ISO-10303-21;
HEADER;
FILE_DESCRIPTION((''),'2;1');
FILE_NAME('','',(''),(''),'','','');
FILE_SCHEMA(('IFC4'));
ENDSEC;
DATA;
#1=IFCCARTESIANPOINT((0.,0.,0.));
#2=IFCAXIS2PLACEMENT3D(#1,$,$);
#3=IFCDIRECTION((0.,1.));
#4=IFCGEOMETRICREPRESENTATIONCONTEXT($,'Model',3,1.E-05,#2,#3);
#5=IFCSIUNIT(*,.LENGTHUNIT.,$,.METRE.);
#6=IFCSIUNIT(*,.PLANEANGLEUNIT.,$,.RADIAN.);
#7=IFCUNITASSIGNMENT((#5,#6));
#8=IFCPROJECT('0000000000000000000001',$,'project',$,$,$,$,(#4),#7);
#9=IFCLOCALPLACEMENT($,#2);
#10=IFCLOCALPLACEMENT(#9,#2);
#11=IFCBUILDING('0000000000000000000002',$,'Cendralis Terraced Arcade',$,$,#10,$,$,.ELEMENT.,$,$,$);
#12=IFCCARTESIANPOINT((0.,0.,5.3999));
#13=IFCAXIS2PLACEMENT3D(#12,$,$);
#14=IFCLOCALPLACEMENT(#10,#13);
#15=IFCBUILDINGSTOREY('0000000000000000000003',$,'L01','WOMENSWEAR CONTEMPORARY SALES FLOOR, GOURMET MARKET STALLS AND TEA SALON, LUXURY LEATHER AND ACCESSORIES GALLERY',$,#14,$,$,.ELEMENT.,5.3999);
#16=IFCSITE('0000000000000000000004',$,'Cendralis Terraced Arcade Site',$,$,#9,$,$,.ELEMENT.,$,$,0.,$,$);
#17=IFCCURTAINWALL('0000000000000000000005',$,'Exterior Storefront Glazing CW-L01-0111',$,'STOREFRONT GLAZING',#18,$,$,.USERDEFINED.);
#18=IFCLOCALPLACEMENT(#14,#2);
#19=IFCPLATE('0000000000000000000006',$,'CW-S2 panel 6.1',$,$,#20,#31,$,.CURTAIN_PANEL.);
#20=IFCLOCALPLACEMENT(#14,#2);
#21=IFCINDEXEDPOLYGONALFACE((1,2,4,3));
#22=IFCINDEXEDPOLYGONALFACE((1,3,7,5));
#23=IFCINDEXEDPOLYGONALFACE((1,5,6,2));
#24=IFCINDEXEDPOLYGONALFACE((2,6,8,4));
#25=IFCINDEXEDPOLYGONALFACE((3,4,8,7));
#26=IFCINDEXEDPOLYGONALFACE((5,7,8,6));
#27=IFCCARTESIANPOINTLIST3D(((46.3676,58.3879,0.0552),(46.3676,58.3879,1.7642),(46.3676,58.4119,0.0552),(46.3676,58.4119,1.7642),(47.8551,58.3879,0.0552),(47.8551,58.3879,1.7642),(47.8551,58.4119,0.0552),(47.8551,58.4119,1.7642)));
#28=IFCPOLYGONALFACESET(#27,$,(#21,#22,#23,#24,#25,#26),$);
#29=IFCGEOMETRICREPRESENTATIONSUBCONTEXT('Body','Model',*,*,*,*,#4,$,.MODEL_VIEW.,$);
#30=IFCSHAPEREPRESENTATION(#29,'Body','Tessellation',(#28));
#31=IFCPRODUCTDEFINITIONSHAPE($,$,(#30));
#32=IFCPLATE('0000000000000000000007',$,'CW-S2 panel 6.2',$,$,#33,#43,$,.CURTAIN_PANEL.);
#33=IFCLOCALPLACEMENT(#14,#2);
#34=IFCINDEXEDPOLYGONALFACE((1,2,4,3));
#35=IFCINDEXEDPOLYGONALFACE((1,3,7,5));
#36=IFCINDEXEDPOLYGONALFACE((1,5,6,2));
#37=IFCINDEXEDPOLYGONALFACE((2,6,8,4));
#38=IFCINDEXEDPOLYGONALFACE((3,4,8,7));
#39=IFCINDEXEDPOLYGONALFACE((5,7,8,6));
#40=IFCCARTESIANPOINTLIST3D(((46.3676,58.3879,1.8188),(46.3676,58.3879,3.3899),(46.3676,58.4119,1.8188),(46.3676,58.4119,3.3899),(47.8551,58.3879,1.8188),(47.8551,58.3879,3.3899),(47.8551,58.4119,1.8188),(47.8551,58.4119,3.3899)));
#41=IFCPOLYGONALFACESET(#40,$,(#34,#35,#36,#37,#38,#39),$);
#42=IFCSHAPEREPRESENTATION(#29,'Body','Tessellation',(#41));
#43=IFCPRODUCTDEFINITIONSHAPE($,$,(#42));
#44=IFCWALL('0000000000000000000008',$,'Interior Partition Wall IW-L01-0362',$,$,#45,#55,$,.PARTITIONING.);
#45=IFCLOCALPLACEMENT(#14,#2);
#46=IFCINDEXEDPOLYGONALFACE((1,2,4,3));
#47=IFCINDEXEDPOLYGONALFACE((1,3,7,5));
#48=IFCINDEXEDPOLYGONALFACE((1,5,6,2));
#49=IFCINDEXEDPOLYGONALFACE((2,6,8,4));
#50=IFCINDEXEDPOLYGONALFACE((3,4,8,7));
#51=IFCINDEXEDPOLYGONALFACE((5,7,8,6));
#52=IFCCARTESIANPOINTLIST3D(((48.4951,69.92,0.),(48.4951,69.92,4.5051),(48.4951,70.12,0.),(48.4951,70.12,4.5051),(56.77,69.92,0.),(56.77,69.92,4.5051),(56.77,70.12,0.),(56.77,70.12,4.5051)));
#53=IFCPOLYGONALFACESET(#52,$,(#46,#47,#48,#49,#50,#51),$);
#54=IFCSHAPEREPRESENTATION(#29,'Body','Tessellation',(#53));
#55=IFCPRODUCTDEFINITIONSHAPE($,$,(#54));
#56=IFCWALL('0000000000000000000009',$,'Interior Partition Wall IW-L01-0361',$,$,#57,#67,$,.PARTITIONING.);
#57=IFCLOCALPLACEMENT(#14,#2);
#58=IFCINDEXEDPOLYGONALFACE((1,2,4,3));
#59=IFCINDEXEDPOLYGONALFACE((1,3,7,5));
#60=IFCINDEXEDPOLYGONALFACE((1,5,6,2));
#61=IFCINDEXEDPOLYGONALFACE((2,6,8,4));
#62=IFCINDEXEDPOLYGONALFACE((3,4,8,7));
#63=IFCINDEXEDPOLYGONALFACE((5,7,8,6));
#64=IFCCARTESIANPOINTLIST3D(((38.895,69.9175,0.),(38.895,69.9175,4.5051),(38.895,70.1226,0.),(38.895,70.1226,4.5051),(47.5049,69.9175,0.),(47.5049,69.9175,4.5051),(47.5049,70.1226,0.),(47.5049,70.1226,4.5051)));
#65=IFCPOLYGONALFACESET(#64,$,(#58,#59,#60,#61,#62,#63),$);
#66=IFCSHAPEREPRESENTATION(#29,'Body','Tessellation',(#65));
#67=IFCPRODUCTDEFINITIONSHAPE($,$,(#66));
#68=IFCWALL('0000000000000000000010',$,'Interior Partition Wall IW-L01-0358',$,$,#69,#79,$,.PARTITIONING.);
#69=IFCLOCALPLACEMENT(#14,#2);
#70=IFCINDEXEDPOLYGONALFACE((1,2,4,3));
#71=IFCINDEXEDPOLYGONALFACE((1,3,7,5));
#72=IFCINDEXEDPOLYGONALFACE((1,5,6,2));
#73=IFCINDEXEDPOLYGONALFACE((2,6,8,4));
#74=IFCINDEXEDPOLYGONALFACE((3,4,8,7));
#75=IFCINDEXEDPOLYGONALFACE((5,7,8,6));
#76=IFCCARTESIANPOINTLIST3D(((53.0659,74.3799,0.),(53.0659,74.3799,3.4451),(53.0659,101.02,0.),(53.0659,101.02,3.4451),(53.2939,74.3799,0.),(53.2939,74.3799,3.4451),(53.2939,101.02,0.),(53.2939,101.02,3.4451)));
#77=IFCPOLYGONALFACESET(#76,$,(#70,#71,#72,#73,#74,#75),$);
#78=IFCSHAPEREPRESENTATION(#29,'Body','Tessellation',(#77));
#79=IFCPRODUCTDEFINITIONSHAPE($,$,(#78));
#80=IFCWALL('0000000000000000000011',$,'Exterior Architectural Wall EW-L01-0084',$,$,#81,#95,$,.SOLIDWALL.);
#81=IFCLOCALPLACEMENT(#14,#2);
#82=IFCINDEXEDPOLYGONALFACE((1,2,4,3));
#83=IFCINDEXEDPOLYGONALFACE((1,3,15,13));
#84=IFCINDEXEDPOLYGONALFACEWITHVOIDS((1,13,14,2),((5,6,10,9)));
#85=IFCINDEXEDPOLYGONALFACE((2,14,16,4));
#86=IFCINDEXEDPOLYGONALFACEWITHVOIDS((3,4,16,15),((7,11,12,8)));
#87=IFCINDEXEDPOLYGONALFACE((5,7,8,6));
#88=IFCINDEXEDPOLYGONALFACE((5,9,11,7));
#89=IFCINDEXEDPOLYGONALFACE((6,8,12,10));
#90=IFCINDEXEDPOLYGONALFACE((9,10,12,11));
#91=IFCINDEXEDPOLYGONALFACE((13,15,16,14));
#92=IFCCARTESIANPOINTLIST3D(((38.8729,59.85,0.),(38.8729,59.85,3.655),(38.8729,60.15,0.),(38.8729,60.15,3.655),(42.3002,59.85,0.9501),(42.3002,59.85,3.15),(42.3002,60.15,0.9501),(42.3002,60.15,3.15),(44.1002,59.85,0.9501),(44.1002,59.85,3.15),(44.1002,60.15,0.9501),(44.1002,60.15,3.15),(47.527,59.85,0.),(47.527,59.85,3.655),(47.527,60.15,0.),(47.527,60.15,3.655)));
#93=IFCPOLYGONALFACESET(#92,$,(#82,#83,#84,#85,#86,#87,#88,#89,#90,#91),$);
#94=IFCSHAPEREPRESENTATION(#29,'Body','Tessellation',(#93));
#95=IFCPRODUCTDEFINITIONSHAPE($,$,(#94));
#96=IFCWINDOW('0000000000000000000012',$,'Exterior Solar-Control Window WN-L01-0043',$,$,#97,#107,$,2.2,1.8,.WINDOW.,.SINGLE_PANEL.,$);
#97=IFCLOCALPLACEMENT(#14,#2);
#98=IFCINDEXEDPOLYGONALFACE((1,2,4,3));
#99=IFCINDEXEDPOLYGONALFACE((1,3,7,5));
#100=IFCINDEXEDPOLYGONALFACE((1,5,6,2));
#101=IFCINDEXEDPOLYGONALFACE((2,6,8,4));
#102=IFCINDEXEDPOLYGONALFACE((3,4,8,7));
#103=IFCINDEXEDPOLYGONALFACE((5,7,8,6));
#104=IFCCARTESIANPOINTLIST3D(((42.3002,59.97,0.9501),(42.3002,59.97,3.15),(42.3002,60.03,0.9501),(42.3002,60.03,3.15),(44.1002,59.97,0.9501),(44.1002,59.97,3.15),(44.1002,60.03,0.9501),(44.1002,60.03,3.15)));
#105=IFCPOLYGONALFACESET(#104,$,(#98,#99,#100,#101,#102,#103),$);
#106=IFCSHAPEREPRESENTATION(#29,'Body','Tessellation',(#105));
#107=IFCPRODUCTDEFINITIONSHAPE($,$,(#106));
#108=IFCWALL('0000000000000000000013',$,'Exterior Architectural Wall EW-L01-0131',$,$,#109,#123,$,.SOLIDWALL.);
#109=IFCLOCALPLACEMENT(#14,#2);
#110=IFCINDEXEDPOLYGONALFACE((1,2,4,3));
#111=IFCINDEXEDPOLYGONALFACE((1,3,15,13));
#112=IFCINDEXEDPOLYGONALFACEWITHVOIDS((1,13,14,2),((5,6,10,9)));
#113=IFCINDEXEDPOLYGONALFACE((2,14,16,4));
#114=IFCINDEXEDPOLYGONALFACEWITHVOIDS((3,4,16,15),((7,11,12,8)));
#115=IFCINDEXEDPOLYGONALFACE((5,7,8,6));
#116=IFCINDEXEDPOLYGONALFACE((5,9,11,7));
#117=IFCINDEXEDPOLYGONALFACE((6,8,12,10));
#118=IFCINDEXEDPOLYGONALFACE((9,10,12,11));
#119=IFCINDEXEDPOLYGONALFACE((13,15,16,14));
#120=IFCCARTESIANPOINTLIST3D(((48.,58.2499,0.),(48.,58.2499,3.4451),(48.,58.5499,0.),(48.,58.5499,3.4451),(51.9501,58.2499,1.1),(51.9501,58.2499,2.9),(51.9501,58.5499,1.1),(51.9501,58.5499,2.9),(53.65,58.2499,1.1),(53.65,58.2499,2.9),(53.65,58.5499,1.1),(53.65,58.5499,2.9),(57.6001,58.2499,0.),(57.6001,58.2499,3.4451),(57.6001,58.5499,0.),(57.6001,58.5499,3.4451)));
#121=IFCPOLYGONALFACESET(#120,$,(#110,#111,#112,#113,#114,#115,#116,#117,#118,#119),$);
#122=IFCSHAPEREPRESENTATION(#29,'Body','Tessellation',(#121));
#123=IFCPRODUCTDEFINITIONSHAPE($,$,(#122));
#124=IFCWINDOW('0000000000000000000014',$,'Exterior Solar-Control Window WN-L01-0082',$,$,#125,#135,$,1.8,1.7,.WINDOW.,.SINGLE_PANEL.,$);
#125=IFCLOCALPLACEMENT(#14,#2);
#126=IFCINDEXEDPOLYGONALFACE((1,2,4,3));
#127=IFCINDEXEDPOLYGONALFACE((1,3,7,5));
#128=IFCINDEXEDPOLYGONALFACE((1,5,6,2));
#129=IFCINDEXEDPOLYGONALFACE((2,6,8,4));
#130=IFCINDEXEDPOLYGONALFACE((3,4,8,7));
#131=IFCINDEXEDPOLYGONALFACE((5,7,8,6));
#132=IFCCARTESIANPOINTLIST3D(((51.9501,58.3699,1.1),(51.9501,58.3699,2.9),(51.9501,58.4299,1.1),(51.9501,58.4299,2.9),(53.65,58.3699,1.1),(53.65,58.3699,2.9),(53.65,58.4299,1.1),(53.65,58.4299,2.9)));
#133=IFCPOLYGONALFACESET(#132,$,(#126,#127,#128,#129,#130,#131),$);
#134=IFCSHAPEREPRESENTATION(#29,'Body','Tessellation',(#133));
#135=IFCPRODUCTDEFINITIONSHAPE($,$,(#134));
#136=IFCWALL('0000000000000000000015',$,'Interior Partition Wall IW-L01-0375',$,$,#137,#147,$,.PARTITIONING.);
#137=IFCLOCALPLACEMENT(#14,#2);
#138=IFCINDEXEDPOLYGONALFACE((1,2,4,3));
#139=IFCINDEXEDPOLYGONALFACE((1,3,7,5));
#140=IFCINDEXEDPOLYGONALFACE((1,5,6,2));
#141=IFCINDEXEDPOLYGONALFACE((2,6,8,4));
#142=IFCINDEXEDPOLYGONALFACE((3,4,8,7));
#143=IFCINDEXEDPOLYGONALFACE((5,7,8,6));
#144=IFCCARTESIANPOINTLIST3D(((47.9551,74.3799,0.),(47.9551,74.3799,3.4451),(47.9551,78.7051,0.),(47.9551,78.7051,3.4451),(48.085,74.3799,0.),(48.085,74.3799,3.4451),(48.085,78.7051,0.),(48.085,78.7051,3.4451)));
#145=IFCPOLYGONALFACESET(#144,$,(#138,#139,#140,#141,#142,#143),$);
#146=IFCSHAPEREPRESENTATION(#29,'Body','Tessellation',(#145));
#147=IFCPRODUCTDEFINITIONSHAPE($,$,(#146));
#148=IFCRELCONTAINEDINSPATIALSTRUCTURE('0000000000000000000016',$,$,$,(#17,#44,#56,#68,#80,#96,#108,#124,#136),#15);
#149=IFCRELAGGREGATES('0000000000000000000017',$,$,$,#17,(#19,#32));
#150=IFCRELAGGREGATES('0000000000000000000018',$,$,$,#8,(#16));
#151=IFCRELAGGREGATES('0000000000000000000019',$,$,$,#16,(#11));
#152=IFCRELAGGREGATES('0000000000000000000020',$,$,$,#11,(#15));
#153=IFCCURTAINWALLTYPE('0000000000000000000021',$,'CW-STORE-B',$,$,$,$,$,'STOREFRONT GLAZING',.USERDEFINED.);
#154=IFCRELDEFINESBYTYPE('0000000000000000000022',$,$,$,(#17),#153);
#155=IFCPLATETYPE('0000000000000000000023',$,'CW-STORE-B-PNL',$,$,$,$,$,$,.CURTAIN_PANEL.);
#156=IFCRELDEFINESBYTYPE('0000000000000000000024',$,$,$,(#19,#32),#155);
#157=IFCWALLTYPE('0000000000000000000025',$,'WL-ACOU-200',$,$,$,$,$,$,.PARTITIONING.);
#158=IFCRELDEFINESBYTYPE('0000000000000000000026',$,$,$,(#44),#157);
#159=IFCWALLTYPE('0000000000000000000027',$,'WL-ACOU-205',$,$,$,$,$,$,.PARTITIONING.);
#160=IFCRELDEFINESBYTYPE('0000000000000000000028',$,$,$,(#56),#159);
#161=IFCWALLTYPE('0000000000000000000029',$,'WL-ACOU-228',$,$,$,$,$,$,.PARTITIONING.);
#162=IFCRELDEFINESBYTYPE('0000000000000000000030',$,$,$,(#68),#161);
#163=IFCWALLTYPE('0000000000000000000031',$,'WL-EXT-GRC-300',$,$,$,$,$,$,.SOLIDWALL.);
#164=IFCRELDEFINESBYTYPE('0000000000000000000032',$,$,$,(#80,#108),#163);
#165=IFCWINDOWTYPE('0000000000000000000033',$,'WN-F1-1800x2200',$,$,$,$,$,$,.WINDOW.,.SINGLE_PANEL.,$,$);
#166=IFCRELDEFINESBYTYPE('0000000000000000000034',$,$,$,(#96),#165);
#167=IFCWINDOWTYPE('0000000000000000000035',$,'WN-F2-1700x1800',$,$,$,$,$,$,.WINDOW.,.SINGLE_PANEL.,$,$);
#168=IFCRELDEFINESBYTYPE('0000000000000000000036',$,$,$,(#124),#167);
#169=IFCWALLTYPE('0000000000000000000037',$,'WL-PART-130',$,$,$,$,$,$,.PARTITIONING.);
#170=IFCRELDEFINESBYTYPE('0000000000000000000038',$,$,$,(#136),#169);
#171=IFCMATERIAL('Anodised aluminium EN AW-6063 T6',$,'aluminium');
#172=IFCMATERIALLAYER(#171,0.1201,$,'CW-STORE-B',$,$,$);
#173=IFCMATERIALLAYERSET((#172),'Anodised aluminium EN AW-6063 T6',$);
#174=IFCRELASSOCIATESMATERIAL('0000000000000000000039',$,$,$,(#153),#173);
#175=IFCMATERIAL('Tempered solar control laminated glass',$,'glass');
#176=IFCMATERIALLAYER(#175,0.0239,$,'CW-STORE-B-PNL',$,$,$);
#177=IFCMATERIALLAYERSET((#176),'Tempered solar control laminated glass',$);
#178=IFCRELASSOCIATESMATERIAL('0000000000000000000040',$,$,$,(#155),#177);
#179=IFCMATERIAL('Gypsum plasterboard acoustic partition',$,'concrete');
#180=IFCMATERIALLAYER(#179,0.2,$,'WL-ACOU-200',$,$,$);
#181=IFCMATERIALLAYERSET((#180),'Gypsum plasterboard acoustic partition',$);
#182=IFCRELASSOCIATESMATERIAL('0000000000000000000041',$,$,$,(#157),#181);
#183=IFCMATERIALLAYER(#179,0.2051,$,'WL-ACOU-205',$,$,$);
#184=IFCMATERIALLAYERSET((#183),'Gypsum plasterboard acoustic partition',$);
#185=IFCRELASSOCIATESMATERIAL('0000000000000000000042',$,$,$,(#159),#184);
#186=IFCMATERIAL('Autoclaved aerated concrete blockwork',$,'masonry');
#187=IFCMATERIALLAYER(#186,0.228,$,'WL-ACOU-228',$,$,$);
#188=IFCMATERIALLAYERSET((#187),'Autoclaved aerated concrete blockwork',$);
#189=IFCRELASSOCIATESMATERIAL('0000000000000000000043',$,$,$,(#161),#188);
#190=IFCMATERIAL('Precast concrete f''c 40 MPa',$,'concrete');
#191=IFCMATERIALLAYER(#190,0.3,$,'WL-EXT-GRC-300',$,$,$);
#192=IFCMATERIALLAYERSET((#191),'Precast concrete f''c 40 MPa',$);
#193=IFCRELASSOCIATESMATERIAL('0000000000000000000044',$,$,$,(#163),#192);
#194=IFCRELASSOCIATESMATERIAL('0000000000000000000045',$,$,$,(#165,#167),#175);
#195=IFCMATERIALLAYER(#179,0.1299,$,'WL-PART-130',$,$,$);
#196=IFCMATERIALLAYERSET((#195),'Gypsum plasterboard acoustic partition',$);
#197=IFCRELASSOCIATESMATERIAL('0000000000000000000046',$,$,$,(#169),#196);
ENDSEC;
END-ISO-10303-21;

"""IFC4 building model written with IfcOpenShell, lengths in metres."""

from ifc_helpers import new_model, si_unit, direction, frame, frame_2d, origin, origin_2d, place, context, subcontext, project, spatial, rectangle, extrude, material, layer, layer_set, type_object, element, fill, aggregate, save


model = new_model("IFC4")

# Units and contexts
model_context = context("Model", 3, precision=1e-05, world=origin(), true_north=direction((0.0, 1.0)))
body_context = subcontext(model_context, "Body", "Model", "MODEL_VIEW")
ifc_project = project(units=[si_unit("LENGTHUNIT", "METRE"), si_unit("PLANEANGLEUNIT", "RADIAN")], contexts=[model_context])

# Site, building, storey
site_placement = place(None, origin())
site = spatial("IfcSite", under=ifc_project, at=site_placement, Name="Cendralis Terraced Arcade Site", CompositionType="ELEMENT", RefElevation=0.0)
building_placement = place(site_placement, origin())
building = spatial("IfcBuilding", under=site, at=building_placement, Name="Cendralis Terraced Arcade", CompositionType="ELEMENT")
storey_placement = place(building_placement, frame((0.0, 0.0, 5.3999)))
storey = spatial("IfcBuildingStorey", under=building, at=storey_placement, Name="L01", Description="WOMENSWEAR CONTEMPORARY SALES FLOOR, GOURMET MARKET STALLS AND TEA SALON, LUXURY LEATHER AND ACCESSORIES GALLERY", CompositionType="ELEMENT", Elevation=5.3999)

# Curtain wall, plates
ifc_material_1 = material(Name="Anodised aluminium EN AW-6063 T6", Category="aluminium")
ifc_layer_1 = layer(ifc_material_1, 0.1201, Name="CW-STORE-B")
ifc_layer_set_1 = layer_set([ifc_layer_1], Name="Anodised aluminium EN AW-6063 T6")
curtain_wall_type = type_object("IfcCurtainWallType", Name="CW-STORE-B", ElementType="STOREFRONT GLAZING", PredefinedType="USERDEFINED", material=ifc_layer_set_1)
curtain_wall_placement = place(storey_placement, origin())
curtain_wall = element("IfcCurtainWall", 1, at=curtain_wall_placement, inside=storey, type_object=curtain_wall_type, Name="Exterior Storefront Glazing CW-L01-0111", ObjectType="STOREFRONT GLAZING", PredefinedType="USERDEFINED")
ifc_material_2 = material(Name="Tempered solar control laminated glass", Category="glass")
ifc_layer_2 = layer(ifc_material_2, 0.0239, Name="CW-STORE-B-PNL")
ifc_layer_set_2 = layer_set([ifc_layer_2], Name="Tempered solar control laminated glass")
plate_type = type_object("IfcPlateType", Name="CW-STORE-B-PNL", PredefinedType="CURTAIN_PANEL", material=ifc_layer_set_2)
plate_1_placement = place(storey_placement, frame((47.1113, 58.3999, 0.0552), z_axis=(0.0, 0.0, 1.0), x_axis=(1.0, 0.0, 0.0)))
plate_1 = element("IfcPlate", 2, at=plate_1_placement, type_object=plate_type, Name="CW-S2 panel 6.1", PredefinedType="CURTAIN_PANEL", context=body_context, shape_type="SweptSolid", body=[
    extrude(rectangle(XDim=1.4875, YDim=0.0239, at=origin_2d()), origin(), (0.0, 0.0, 1.0), 1.709),
])
plate_2_placement = place(storey_placement, frame((47.1113, 58.3999, 1.8188), z_axis=(0.0, 0.0, 1.0), x_axis=(1.0, 0.0, 0.0)))
plate_2 = element("IfcPlate", 3, at=plate_2_placement, type_object=plate_type, Name="CW-S2 panel 6.2", PredefinedType="CURTAIN_PANEL", context=body_context, shape_type="SweptSolid", body=[
    extrude(rectangle(XDim=1.4875, YDim=0.0239, at=origin_2d()), origin(), (0.0, 0.0, 1.0), 1.571),
])
aggregate(curtain_wall, [plate_1, plate_2])

# Walls
ifc_material_3 = material(Name="Gypsum plasterboard acoustic partition", Category="concrete")
ifc_layer_3 = layer(ifc_material_3, 0.2, Name="WL-ACOU-200")
ifc_layer_set_3 = layer_set([ifc_layer_3], Name="Gypsum plasterboard acoustic partition")
wall_type_1 = type_object("IfcWallType", Name="WL-ACOU-200", PredefinedType="PARTITIONING", material=ifc_layer_set_3)
wall_1_placement = place(storey_placement, frame((48.4951, 70.02, 0.0), z_axis=(0.0, 0.0, 1.0), x_axis=(1.0, 0.0, 0.0)))
element("IfcWall", 4, at=wall_1_placement, inside=storey, type_object=wall_type_1, Name="Interior Partition Wall IW-L01-0362", PredefinedType="PARTITIONING", context=body_context, shape_type="SweptSolid", body=[
    extrude(rectangle(XDim=8.2749, YDim=0.2, at=frame_2d((4.1375, 0.0))), origin(), (0.0, 0.0, 1.0), 4.5051),
])
ifc_layer_4 = layer(ifc_material_3, 0.2051, Name="WL-ACOU-205")
ifc_layer_set_4 = layer_set([ifc_layer_4], Name="Gypsum plasterboard acoustic partition")
wall_type_2 = type_object("IfcWallType", Name="WL-ACOU-205", PredefinedType="PARTITIONING", material=ifc_layer_set_4)
wall_2_placement = place(storey_placement, frame((38.895, 70.02, 0.0), z_axis=(0.0, 0.0, 1.0), x_axis=(1.0, 0.0, 0.0)))
element("IfcWall", 5, at=wall_2_placement, inside=storey, type_object=wall_type_2, Name="Interior Partition Wall IW-L01-0361", PredefinedType="PARTITIONING", context=body_context, shape_type="SweptSolid", body=[
    extrude(rectangle(XDim=8.6099, YDim=0.2051, at=frame_2d((4.3049, 0.0))), origin(), (0.0, 0.0, 1.0), 4.5051),
])
ifc_material_4 = material(Name="Autoclaved aerated concrete blockwork", Category="masonry")
ifc_layer_5 = layer(ifc_material_4, 0.228, Name="WL-ACOU-228")
ifc_layer_set_5 = layer_set([ifc_layer_5], Name="Autoclaved aerated concrete blockwork")
wall_type_3 = type_object("IfcWallType", Name="WL-ACOU-228", PredefinedType="PARTITIONING", material=ifc_layer_set_5)
wall_3_placement = place(storey_placement, frame((53.1799, 74.3799, 0.0), z_axis=(0.0, 0.0, 1.0), x_axis=(0.0, 1.0, 0.0)))
element("IfcWall", 6, at=wall_3_placement, inside=storey, type_object=wall_type_3, Name="Interior Partition Wall IW-L01-0358", PredefinedType="PARTITIONING", context=body_context, shape_type="SweptSolid", body=[
    extrude(rectangle(XDim=26.6401, YDim=0.228, at=frame_2d((13.3201, 0.0))), origin(), (0.0, 0.0, 1.0), 3.4451),
])

# Walls, openings, windows
ifc_material_5 = material(Name="Precast concrete f'c 40 MPa", Category="concrete")
ifc_layer_6 = layer(ifc_material_5, 0.3, Name="WL-EXT-GRC-300")
ifc_layer_set_6 = layer_set([ifc_layer_6], Name="Precast concrete f'c 40 MPa")
wall_type_4 = type_object("IfcWallType", Name="WL-EXT-GRC-300", PredefinedType="SOLIDWALL", material=ifc_layer_set_6)
wall_4_placement = place(storey_placement, frame((47.5271, 60.0, 0.0), z_axis=(0.0, 0.0, 1.0), x_axis=(-1.0, 0.0, 0.0)))
wall_4 = element("IfcWall", 7, at=wall_4_placement, inside=storey, type_object=wall_type_4, Name="Exterior Architectural Wall EW-L01-0084", PredefinedType="SOLIDWALL", context=body_context, shape_type="SweptSolid", body=[
    extrude(rectangle(XDim=8.6541, YDim=0.3, at=frame_2d((4.3271, 0.0))), origin(), (0.0, 0.0, 1.0), 3.655),
])
opening_1_placement = place(wall_4_placement, frame((3.427, 0.0, 0.95)))
opening_1 = element("IfcOpeningElement", 8, at=opening_1_placement, cuts=wall_4, PredefinedType="OPENING", context=body_context, shape_type="SweptSolid", body=[
    extrude(rectangle(XDim=1.8, YDim=2.2, at=frame_2d((0.8999, 1.1001))), frame((0.0, 0.1621, 0.0), z_axis=(0.0, -1.0, 0.0), x_axis=(1.0, 0.0, 0.0)), (0.0, 0.0, 1.0), 0.324),
])
window_type_1 = type_object("IfcWindowType", Name="WN-F1-1800x2200", PartitioningType="SINGLE_PANEL", PredefinedType="WINDOW", material=ifc_material_2)
window_1_placement = place(opening_1_placement, origin())
window_1 = element("IfcWindow", 9, at=window_1_placement, inside=storey, type_object=window_type_1, Name="Exterior Solar-Control Window WN-L01-0043", OverallHeight=2.2, OverallWidth=1.8, PartitioningType="SINGLE_PANEL", PredefinedType="WINDOW", context=body_context, shape_type="SweptSolid", body=[
    extrude(rectangle(XDim=1.8, YDim=2.2, at=frame_2d((0.8999, 1.1001))), frame((0.0, 0.03, 0.0), z_axis=(0.0, -1.0, 0.0), x_axis=(1.0, 0.0, 0.0)), (0.0, 0.0, 1.0), 0.0601),
])
fill(opening_1, window_1)
wall_5_placement = place(storey_placement, frame((48.0, 58.3999, 0.0), z_axis=(0.0, 0.0, 1.0), x_axis=(1.0, 0.0, 0.0)))
wall_5 = element("IfcWall", 10, at=wall_5_placement, inside=storey, type_object=wall_type_4, Name="Exterior Architectural Wall EW-L01-0131", PredefinedType="SOLIDWALL", context=body_context, shape_type="SweptSolid", body=[
    extrude(rectangle(XDim=9.6001, YDim=0.3, at=frame_2d((4.8, 0.0))), origin(), (0.0, 0.0, 1.0), 3.4451),
])
opening_2_placement = place(wall_5_placement, frame((3.95, 0.0, 1.1001)))
opening_2 = element("IfcOpeningElement", 11, at=opening_2_placement, cuts=wall_5, PredefinedType="OPENING", context=body_context, shape_type="SweptSolid", body=[
    extrude(rectangle(XDim=1.7, YDim=1.8, at=frame_2d((0.8501, 0.8999))), frame((0.0, 0.1621, 0.0), z_axis=(0.0, -1.0, 0.0), x_axis=(1.0, 0.0, 0.0)), (0.0, 0.0, 1.0), 0.324),
])
window_type_2 = type_object("IfcWindowType", Name="WN-F2-1700x1800", PartitioningType="SINGLE_PANEL", PredefinedType="WINDOW", material=ifc_material_2)
window_2_placement = place(opening_2_placement, origin())
window_2 = element("IfcWindow", 12, at=window_2_placement, inside=storey, type_object=window_type_2, Name="Exterior Solar-Control Window WN-L01-0082", OverallHeight=1.8, OverallWidth=1.7, PartitioningType="SINGLE_PANEL", PredefinedType="WINDOW", context=body_context, shape_type="SweptSolid", body=[
    extrude(rectangle(XDim=1.7, YDim=1.8, at=frame_2d((0.8501, 0.8999))), frame((0.0, 0.03, 0.0), z_axis=(0.0, -1.0, 0.0), x_axis=(1.0, 0.0, 0.0)), (0.0, 0.0, 1.0), 0.0601),
])
fill(opening_2, window_2)

# Wall
ifc_layer_7 = layer(ifc_material_3, 0.1299, Name="WL-PART-130")
ifc_layer_set_7 = layer_set([ifc_layer_7], Name="Gypsum plasterboard acoustic partition")
wall_type_5 = type_object("IfcWallType", Name="WL-PART-130", PredefinedType="PARTITIONING", material=ifc_layer_set_7)
wall_6_placement = place(storey_placement, frame((48.02, 78.7051, 0.0), z_axis=(0.0, 0.0, 1.0), x_axis=(0.0, -1.0, 0.0)))
element("IfcWall", 13, at=wall_6_placement, inside=storey, type_object=wall_type_5, Name="Interior Partition Wall IW-L01-0375", PredefinedType="PARTITIONING", context=body_context, shape_type="SweptSolid", body=[
    extrude(rectangle(XDim=4.3252, YDim=0.1299, at=frame_2d((2.1626, 0.0))), origin(), (0.0, 0.0, 1.0), 3.4451),
])

save(model, "model.ifc")
